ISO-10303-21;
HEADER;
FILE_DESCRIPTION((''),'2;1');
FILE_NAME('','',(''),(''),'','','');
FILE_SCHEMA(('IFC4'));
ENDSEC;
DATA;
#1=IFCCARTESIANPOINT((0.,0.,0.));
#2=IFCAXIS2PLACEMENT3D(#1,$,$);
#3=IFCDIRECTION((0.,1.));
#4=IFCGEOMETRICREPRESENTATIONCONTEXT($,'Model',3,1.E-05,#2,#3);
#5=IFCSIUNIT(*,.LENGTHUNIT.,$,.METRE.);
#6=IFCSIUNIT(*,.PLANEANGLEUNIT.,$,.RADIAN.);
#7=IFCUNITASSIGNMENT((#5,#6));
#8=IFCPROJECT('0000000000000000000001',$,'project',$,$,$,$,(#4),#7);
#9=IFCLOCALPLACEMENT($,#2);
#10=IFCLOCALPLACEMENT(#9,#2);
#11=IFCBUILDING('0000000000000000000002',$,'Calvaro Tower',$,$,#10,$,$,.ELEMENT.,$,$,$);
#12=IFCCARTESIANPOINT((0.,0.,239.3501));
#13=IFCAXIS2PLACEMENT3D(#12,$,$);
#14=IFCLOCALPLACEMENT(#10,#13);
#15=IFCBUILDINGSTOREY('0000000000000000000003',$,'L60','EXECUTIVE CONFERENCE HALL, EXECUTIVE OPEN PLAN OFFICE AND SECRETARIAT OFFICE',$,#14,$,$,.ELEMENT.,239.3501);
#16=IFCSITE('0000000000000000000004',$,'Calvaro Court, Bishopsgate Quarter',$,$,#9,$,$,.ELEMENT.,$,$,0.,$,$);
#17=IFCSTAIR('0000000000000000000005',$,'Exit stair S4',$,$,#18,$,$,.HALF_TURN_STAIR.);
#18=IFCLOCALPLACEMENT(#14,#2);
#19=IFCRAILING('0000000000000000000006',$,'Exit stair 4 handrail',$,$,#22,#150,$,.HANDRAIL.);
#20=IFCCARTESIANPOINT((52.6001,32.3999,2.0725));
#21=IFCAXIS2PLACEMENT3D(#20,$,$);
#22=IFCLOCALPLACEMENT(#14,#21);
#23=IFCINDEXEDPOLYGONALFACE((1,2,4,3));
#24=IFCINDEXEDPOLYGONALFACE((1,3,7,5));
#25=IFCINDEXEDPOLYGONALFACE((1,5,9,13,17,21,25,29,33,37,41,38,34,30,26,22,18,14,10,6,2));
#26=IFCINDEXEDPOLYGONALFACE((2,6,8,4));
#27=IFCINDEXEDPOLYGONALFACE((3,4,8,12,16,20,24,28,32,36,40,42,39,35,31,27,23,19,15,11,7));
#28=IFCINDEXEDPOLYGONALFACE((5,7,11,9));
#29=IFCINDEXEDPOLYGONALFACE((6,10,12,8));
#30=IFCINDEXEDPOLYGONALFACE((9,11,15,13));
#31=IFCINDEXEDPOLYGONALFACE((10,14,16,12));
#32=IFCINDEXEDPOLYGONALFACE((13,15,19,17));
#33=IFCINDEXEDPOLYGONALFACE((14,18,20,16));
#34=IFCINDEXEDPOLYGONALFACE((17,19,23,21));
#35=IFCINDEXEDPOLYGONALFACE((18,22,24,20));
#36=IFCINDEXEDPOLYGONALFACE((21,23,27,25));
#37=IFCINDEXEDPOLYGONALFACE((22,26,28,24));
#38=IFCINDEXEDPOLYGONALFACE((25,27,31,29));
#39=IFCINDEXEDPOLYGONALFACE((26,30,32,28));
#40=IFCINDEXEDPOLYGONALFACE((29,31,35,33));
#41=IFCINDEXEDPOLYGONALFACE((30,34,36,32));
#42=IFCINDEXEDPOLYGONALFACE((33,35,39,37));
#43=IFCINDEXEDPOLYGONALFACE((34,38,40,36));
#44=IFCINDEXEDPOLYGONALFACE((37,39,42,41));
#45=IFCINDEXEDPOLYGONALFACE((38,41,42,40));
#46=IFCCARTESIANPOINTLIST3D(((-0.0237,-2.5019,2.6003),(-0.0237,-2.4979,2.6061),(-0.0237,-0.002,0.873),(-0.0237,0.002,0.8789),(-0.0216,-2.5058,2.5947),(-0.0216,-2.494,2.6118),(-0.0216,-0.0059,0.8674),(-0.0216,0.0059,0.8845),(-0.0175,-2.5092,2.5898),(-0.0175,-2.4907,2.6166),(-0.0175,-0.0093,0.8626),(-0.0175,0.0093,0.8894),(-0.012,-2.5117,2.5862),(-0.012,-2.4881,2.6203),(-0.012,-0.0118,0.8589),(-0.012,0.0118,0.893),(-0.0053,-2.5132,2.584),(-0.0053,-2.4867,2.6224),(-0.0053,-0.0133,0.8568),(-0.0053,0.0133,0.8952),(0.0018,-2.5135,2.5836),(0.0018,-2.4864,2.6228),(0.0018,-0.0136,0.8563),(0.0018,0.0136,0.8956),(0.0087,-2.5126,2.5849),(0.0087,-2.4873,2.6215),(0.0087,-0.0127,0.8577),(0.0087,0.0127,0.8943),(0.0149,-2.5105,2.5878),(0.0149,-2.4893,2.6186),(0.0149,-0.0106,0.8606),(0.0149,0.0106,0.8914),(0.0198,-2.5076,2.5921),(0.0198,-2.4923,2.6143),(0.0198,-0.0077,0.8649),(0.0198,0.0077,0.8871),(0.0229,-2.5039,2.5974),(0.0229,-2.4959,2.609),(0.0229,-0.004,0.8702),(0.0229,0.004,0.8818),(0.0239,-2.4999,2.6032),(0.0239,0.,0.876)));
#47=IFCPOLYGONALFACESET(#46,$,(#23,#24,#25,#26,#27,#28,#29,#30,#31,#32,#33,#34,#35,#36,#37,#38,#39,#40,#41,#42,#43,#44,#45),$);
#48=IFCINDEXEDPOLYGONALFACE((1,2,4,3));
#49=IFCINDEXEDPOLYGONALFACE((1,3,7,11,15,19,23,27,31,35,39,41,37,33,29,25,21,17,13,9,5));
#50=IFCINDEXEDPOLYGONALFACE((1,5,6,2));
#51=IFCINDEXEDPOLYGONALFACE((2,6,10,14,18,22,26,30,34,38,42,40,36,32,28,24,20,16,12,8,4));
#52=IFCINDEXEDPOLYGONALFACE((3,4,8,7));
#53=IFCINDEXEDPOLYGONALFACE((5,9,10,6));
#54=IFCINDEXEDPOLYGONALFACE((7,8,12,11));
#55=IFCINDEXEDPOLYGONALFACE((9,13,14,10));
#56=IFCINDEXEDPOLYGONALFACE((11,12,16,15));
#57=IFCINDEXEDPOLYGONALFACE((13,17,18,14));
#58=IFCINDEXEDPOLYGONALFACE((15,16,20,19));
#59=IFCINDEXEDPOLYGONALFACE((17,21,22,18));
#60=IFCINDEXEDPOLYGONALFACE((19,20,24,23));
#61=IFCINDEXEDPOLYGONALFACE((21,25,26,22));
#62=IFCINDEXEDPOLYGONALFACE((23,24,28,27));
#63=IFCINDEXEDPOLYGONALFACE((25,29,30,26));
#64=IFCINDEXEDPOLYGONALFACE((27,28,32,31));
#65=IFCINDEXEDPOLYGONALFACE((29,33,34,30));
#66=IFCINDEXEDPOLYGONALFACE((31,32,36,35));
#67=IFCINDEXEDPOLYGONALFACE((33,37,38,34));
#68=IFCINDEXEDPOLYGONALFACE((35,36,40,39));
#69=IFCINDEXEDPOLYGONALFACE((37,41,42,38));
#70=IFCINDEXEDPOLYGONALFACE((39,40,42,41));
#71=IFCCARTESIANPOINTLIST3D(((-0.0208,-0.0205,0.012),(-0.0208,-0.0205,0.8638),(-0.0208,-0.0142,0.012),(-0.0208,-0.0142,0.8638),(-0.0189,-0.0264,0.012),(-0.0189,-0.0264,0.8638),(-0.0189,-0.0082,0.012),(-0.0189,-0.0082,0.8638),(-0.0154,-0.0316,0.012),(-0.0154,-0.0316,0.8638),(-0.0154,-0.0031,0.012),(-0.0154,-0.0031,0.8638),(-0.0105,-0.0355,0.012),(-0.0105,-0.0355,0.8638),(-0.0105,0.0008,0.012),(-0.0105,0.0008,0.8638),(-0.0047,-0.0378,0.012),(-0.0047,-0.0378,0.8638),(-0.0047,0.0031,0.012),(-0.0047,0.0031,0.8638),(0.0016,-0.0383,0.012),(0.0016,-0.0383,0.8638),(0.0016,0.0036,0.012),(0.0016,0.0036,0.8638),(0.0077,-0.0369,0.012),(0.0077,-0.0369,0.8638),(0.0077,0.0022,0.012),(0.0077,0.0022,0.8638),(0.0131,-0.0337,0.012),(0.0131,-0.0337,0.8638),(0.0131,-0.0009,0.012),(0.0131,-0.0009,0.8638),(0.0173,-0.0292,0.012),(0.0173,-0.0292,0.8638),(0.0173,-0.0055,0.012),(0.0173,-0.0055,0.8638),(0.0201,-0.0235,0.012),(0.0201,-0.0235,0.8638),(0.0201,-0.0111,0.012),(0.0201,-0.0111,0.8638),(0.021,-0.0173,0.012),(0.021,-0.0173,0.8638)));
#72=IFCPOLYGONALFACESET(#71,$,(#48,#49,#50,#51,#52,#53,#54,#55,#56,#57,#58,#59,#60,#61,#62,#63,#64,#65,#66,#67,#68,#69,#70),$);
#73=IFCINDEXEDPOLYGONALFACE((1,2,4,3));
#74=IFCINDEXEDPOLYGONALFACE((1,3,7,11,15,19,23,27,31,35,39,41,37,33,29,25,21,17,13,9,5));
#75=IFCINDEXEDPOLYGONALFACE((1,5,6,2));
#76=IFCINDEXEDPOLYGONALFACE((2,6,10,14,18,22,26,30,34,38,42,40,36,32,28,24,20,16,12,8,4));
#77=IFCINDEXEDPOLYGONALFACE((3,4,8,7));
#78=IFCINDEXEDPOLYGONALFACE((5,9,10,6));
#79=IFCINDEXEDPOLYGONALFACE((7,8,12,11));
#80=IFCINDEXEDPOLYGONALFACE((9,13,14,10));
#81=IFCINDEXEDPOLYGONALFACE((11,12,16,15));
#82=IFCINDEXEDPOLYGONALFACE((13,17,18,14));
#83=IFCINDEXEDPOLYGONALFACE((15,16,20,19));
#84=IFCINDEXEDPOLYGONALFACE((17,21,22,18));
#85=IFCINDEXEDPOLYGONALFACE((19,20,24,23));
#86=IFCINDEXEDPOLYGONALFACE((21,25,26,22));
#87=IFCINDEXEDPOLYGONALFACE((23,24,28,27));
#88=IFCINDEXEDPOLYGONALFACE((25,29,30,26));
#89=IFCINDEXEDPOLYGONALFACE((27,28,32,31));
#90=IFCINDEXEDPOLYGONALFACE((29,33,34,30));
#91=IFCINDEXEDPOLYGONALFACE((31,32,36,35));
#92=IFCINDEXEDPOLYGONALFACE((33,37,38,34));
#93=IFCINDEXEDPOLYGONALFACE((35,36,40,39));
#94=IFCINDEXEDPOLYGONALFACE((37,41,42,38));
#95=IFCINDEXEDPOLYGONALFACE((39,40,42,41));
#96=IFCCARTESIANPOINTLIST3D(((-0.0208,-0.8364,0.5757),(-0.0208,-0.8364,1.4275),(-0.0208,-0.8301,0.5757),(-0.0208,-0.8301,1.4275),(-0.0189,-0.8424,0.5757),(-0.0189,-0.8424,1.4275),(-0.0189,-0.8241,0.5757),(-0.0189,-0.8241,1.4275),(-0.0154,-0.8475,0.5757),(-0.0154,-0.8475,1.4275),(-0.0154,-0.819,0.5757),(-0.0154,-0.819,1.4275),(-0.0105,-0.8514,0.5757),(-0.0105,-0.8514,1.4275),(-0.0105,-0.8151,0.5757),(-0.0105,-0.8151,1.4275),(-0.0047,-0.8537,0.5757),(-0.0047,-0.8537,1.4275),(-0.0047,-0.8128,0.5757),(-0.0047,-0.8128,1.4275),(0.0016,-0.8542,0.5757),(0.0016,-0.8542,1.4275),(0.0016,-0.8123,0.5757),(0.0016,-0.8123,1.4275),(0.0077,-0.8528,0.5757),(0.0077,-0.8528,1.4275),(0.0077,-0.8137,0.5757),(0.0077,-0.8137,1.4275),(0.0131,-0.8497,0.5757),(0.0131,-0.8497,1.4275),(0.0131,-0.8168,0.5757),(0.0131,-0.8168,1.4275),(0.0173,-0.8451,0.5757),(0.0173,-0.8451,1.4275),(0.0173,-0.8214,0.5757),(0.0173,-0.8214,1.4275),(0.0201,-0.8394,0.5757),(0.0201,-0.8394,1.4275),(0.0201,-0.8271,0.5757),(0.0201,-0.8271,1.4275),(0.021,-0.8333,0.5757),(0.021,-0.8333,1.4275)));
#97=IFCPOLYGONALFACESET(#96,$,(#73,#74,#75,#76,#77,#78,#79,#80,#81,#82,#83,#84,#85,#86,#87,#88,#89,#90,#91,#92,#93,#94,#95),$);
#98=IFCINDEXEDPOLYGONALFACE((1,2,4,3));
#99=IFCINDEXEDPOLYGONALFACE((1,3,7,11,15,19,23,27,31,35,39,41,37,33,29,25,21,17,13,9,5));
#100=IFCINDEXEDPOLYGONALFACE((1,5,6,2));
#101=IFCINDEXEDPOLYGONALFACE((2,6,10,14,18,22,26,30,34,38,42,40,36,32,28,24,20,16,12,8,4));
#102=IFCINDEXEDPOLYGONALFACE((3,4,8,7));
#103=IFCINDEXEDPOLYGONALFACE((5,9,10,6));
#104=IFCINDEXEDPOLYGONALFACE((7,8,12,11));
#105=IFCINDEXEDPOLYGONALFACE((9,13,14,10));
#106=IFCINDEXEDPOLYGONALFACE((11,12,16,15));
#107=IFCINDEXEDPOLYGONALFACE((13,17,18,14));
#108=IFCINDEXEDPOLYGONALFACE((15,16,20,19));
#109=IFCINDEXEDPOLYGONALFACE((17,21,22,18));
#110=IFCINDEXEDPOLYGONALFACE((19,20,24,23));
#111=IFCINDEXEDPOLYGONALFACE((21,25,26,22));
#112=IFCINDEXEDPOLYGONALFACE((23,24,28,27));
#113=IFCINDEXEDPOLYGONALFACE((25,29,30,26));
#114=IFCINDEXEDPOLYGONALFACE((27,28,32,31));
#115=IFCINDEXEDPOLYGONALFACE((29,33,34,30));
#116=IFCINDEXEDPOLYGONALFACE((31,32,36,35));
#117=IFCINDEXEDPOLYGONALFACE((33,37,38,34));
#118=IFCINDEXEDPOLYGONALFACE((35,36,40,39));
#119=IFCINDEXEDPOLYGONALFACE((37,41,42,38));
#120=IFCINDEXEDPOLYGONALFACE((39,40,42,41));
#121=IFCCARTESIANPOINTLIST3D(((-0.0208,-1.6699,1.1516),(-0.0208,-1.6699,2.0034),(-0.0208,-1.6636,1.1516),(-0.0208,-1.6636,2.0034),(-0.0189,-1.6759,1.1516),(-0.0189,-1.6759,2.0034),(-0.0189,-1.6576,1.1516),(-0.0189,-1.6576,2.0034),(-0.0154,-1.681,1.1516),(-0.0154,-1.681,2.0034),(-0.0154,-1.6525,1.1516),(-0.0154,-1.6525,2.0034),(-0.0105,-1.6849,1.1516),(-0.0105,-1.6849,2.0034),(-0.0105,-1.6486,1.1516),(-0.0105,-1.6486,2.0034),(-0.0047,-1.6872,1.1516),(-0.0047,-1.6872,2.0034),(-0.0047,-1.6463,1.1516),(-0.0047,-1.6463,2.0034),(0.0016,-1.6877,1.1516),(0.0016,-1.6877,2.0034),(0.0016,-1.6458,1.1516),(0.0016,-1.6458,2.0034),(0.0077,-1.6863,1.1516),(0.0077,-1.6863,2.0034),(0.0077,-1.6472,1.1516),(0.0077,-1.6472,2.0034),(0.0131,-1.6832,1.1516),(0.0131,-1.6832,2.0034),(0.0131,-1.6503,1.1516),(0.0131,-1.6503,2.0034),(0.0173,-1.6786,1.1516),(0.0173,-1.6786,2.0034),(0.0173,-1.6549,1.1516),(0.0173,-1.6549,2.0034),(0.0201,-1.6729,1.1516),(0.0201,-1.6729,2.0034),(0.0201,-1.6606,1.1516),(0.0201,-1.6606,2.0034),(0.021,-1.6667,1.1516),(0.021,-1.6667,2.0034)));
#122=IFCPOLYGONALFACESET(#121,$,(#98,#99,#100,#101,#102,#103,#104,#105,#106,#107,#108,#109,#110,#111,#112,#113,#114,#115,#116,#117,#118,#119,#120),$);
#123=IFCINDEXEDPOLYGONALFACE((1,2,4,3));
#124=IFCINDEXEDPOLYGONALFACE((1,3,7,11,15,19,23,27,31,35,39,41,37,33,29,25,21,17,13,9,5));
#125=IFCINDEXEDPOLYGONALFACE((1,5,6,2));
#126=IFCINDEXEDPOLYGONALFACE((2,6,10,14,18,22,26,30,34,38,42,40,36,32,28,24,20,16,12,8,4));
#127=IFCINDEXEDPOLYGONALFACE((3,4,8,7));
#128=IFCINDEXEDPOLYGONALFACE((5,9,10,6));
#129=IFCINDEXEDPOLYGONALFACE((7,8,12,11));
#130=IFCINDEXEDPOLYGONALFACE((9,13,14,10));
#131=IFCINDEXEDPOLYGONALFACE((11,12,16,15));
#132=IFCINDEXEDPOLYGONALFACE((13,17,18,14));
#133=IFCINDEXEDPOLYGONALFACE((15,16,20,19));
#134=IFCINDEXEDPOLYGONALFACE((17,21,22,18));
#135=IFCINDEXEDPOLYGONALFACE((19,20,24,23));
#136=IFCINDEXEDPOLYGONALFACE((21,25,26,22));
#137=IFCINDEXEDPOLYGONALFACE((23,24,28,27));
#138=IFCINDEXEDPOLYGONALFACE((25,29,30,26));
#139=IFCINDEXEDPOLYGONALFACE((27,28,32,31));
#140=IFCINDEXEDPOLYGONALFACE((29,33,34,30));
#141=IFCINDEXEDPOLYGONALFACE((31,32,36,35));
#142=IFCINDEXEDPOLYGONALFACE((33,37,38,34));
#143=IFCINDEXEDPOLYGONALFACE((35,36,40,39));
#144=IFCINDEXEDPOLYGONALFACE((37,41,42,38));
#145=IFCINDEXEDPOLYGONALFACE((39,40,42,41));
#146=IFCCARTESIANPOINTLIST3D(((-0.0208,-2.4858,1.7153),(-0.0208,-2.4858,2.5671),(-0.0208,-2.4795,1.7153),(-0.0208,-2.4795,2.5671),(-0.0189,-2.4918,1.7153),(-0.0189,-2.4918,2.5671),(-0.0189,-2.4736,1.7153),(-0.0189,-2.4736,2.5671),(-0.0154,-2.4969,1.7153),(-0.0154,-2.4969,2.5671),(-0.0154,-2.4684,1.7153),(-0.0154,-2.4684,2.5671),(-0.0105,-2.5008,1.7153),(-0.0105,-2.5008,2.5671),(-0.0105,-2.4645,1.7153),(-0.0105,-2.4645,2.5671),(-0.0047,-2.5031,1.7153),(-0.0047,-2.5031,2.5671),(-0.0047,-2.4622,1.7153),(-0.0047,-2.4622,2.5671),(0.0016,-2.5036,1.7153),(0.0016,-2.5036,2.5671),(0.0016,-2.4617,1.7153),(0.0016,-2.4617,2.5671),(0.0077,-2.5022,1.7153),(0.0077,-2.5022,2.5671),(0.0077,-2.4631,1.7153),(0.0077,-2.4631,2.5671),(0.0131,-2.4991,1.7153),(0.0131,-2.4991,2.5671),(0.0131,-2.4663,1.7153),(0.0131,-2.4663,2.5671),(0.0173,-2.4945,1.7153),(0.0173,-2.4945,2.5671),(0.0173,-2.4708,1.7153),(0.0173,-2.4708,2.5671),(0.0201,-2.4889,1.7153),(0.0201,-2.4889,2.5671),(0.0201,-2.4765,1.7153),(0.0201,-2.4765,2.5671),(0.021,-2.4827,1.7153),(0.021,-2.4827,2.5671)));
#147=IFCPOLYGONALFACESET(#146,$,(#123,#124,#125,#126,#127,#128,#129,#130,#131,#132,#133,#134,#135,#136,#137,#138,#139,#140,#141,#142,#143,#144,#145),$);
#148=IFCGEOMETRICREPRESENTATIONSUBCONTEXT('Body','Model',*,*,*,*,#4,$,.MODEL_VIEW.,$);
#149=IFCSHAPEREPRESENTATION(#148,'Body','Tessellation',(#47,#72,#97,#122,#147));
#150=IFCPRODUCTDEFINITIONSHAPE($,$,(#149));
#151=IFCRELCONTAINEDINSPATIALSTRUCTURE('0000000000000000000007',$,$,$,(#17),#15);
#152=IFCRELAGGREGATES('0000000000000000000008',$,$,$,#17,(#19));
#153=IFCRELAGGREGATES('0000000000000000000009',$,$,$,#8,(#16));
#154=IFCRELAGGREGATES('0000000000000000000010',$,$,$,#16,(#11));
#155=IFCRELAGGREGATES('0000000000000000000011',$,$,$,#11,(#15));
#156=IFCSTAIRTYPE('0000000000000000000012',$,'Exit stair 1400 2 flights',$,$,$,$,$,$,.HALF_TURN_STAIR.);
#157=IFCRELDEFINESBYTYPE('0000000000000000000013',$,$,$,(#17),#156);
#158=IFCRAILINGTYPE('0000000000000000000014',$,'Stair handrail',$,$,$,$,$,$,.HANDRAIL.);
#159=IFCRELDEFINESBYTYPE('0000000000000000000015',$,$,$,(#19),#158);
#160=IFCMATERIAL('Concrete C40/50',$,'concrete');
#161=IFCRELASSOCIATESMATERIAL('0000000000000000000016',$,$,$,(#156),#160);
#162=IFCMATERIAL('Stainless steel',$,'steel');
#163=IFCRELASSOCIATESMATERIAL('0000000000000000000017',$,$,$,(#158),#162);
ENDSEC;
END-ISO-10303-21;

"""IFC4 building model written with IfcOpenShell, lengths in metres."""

from ifc_helpers import new_model, si_unit, direction, frame, origin, origin_2d, place, context, subcontext, project, spatial, circle, extrude, material, type_object, element, aggregate, save


model = new_model("IFC4")

# Units and contexts
model_context = context("Model", 3, precision=1e-05, world=origin(), true_north=direction((0.0, 1.0)))
body_context = subcontext(model_context, "Body", "Model", "MODEL_VIEW")
ifc_project = project(units=[si_unit("LENGTHUNIT", "METRE"), si_unit("PLANEANGLEUNIT", "RADIAN")], contexts=[model_context])

# Site, building, storey
site_placement = place(None, origin())
site = spatial("IfcSite", under=ifc_project, at=site_placement, Name="Calvaro Court, Bishopsgate Quarter", CompositionType="ELEMENT", RefElevation=0.0)
building_placement = place(site_placement, origin())
building = spatial("IfcBuilding", under=site, at=building_placement, Name="Calvaro Tower", CompositionType="ELEMENT")
storey_placement = place(building_placement, frame((0.0, 0.0, 239.3501)))
storey = spatial("IfcBuildingStorey", under=building, at=storey_placement, Name="L60", Description="EXECUTIVE CONFERENCE HALL, EXECUTIVE OPEN PLAN OFFICE AND SECRETARIAT OFFICE", CompositionType="ELEMENT", Elevation=239.3501)

# Shared definitions
ifc_material_1 = material(Name="Concrete C40/50", Category="concrete")
stair_type = type_object("IfcStairType", Name="Exit stair 1400 2 flights", PredefinedType="HALF_TURN_STAIR", material=ifc_material_1)

# Stair
stair_1_placement = place(storey_placement, origin())
stair_1 = element("IfcStair", 1, at=stair_1_placement, inside=storey, type_object=stair_type, Name="Exit stair S4", PredefinedType="HALF_TURN_STAIR")

# Railing
ifc_material_2 = material(Name="Stainless steel", Category="steel")
railing_type = type_object("IfcRailingType", Name="Stair handrail", PredefinedType="HANDRAIL", material=ifc_material_2)
railing_1_placement = place(storey_placement, frame((52.6001, 32.3999, 2.0725)))
railing_1 = element("IfcRailing", 2, at=railing_1_placement, type_object=railing_type, Name="Exit stair 4 handrail", PredefinedType="HANDRAIL", context=body_context, shape_type="SweptSolid", body=[
    extrude(circle(Radius=0.0239, at=origin_2d()), frame((0.0, 0.0, 0.876), z_axis=(0.0, -0.822727, 0.568437), x_axis=(1.0, 0.0, 0.0)), (0.0, 0.0, 1.0), 3.0386),
    extrude(circle(Radius=0.021, at=origin_2d()), frame((0.0, -0.0173, 0.012)), (0.0, 0.0, 1.0), 0.8518),
    extrude(circle(Radius=0.021, at=origin_2d()), frame((0.0, -0.8333, 0.5757)), (0.0, 0.0, 1.0), 0.8518),
    extrude(circle(Radius=0.021, at=origin_2d()), frame((0.0, -1.6667, 1.1516)), (0.0, 0.0, 1.0), 0.8518),
    extrude(circle(Radius=0.021, at=origin_2d()), frame((0.0, -2.4827, 1.7153)), (0.0, 0.0, 1.0), 0.8518),
])
aggregate(stair_1, [railing_1])

save(model, "model.ifc")
